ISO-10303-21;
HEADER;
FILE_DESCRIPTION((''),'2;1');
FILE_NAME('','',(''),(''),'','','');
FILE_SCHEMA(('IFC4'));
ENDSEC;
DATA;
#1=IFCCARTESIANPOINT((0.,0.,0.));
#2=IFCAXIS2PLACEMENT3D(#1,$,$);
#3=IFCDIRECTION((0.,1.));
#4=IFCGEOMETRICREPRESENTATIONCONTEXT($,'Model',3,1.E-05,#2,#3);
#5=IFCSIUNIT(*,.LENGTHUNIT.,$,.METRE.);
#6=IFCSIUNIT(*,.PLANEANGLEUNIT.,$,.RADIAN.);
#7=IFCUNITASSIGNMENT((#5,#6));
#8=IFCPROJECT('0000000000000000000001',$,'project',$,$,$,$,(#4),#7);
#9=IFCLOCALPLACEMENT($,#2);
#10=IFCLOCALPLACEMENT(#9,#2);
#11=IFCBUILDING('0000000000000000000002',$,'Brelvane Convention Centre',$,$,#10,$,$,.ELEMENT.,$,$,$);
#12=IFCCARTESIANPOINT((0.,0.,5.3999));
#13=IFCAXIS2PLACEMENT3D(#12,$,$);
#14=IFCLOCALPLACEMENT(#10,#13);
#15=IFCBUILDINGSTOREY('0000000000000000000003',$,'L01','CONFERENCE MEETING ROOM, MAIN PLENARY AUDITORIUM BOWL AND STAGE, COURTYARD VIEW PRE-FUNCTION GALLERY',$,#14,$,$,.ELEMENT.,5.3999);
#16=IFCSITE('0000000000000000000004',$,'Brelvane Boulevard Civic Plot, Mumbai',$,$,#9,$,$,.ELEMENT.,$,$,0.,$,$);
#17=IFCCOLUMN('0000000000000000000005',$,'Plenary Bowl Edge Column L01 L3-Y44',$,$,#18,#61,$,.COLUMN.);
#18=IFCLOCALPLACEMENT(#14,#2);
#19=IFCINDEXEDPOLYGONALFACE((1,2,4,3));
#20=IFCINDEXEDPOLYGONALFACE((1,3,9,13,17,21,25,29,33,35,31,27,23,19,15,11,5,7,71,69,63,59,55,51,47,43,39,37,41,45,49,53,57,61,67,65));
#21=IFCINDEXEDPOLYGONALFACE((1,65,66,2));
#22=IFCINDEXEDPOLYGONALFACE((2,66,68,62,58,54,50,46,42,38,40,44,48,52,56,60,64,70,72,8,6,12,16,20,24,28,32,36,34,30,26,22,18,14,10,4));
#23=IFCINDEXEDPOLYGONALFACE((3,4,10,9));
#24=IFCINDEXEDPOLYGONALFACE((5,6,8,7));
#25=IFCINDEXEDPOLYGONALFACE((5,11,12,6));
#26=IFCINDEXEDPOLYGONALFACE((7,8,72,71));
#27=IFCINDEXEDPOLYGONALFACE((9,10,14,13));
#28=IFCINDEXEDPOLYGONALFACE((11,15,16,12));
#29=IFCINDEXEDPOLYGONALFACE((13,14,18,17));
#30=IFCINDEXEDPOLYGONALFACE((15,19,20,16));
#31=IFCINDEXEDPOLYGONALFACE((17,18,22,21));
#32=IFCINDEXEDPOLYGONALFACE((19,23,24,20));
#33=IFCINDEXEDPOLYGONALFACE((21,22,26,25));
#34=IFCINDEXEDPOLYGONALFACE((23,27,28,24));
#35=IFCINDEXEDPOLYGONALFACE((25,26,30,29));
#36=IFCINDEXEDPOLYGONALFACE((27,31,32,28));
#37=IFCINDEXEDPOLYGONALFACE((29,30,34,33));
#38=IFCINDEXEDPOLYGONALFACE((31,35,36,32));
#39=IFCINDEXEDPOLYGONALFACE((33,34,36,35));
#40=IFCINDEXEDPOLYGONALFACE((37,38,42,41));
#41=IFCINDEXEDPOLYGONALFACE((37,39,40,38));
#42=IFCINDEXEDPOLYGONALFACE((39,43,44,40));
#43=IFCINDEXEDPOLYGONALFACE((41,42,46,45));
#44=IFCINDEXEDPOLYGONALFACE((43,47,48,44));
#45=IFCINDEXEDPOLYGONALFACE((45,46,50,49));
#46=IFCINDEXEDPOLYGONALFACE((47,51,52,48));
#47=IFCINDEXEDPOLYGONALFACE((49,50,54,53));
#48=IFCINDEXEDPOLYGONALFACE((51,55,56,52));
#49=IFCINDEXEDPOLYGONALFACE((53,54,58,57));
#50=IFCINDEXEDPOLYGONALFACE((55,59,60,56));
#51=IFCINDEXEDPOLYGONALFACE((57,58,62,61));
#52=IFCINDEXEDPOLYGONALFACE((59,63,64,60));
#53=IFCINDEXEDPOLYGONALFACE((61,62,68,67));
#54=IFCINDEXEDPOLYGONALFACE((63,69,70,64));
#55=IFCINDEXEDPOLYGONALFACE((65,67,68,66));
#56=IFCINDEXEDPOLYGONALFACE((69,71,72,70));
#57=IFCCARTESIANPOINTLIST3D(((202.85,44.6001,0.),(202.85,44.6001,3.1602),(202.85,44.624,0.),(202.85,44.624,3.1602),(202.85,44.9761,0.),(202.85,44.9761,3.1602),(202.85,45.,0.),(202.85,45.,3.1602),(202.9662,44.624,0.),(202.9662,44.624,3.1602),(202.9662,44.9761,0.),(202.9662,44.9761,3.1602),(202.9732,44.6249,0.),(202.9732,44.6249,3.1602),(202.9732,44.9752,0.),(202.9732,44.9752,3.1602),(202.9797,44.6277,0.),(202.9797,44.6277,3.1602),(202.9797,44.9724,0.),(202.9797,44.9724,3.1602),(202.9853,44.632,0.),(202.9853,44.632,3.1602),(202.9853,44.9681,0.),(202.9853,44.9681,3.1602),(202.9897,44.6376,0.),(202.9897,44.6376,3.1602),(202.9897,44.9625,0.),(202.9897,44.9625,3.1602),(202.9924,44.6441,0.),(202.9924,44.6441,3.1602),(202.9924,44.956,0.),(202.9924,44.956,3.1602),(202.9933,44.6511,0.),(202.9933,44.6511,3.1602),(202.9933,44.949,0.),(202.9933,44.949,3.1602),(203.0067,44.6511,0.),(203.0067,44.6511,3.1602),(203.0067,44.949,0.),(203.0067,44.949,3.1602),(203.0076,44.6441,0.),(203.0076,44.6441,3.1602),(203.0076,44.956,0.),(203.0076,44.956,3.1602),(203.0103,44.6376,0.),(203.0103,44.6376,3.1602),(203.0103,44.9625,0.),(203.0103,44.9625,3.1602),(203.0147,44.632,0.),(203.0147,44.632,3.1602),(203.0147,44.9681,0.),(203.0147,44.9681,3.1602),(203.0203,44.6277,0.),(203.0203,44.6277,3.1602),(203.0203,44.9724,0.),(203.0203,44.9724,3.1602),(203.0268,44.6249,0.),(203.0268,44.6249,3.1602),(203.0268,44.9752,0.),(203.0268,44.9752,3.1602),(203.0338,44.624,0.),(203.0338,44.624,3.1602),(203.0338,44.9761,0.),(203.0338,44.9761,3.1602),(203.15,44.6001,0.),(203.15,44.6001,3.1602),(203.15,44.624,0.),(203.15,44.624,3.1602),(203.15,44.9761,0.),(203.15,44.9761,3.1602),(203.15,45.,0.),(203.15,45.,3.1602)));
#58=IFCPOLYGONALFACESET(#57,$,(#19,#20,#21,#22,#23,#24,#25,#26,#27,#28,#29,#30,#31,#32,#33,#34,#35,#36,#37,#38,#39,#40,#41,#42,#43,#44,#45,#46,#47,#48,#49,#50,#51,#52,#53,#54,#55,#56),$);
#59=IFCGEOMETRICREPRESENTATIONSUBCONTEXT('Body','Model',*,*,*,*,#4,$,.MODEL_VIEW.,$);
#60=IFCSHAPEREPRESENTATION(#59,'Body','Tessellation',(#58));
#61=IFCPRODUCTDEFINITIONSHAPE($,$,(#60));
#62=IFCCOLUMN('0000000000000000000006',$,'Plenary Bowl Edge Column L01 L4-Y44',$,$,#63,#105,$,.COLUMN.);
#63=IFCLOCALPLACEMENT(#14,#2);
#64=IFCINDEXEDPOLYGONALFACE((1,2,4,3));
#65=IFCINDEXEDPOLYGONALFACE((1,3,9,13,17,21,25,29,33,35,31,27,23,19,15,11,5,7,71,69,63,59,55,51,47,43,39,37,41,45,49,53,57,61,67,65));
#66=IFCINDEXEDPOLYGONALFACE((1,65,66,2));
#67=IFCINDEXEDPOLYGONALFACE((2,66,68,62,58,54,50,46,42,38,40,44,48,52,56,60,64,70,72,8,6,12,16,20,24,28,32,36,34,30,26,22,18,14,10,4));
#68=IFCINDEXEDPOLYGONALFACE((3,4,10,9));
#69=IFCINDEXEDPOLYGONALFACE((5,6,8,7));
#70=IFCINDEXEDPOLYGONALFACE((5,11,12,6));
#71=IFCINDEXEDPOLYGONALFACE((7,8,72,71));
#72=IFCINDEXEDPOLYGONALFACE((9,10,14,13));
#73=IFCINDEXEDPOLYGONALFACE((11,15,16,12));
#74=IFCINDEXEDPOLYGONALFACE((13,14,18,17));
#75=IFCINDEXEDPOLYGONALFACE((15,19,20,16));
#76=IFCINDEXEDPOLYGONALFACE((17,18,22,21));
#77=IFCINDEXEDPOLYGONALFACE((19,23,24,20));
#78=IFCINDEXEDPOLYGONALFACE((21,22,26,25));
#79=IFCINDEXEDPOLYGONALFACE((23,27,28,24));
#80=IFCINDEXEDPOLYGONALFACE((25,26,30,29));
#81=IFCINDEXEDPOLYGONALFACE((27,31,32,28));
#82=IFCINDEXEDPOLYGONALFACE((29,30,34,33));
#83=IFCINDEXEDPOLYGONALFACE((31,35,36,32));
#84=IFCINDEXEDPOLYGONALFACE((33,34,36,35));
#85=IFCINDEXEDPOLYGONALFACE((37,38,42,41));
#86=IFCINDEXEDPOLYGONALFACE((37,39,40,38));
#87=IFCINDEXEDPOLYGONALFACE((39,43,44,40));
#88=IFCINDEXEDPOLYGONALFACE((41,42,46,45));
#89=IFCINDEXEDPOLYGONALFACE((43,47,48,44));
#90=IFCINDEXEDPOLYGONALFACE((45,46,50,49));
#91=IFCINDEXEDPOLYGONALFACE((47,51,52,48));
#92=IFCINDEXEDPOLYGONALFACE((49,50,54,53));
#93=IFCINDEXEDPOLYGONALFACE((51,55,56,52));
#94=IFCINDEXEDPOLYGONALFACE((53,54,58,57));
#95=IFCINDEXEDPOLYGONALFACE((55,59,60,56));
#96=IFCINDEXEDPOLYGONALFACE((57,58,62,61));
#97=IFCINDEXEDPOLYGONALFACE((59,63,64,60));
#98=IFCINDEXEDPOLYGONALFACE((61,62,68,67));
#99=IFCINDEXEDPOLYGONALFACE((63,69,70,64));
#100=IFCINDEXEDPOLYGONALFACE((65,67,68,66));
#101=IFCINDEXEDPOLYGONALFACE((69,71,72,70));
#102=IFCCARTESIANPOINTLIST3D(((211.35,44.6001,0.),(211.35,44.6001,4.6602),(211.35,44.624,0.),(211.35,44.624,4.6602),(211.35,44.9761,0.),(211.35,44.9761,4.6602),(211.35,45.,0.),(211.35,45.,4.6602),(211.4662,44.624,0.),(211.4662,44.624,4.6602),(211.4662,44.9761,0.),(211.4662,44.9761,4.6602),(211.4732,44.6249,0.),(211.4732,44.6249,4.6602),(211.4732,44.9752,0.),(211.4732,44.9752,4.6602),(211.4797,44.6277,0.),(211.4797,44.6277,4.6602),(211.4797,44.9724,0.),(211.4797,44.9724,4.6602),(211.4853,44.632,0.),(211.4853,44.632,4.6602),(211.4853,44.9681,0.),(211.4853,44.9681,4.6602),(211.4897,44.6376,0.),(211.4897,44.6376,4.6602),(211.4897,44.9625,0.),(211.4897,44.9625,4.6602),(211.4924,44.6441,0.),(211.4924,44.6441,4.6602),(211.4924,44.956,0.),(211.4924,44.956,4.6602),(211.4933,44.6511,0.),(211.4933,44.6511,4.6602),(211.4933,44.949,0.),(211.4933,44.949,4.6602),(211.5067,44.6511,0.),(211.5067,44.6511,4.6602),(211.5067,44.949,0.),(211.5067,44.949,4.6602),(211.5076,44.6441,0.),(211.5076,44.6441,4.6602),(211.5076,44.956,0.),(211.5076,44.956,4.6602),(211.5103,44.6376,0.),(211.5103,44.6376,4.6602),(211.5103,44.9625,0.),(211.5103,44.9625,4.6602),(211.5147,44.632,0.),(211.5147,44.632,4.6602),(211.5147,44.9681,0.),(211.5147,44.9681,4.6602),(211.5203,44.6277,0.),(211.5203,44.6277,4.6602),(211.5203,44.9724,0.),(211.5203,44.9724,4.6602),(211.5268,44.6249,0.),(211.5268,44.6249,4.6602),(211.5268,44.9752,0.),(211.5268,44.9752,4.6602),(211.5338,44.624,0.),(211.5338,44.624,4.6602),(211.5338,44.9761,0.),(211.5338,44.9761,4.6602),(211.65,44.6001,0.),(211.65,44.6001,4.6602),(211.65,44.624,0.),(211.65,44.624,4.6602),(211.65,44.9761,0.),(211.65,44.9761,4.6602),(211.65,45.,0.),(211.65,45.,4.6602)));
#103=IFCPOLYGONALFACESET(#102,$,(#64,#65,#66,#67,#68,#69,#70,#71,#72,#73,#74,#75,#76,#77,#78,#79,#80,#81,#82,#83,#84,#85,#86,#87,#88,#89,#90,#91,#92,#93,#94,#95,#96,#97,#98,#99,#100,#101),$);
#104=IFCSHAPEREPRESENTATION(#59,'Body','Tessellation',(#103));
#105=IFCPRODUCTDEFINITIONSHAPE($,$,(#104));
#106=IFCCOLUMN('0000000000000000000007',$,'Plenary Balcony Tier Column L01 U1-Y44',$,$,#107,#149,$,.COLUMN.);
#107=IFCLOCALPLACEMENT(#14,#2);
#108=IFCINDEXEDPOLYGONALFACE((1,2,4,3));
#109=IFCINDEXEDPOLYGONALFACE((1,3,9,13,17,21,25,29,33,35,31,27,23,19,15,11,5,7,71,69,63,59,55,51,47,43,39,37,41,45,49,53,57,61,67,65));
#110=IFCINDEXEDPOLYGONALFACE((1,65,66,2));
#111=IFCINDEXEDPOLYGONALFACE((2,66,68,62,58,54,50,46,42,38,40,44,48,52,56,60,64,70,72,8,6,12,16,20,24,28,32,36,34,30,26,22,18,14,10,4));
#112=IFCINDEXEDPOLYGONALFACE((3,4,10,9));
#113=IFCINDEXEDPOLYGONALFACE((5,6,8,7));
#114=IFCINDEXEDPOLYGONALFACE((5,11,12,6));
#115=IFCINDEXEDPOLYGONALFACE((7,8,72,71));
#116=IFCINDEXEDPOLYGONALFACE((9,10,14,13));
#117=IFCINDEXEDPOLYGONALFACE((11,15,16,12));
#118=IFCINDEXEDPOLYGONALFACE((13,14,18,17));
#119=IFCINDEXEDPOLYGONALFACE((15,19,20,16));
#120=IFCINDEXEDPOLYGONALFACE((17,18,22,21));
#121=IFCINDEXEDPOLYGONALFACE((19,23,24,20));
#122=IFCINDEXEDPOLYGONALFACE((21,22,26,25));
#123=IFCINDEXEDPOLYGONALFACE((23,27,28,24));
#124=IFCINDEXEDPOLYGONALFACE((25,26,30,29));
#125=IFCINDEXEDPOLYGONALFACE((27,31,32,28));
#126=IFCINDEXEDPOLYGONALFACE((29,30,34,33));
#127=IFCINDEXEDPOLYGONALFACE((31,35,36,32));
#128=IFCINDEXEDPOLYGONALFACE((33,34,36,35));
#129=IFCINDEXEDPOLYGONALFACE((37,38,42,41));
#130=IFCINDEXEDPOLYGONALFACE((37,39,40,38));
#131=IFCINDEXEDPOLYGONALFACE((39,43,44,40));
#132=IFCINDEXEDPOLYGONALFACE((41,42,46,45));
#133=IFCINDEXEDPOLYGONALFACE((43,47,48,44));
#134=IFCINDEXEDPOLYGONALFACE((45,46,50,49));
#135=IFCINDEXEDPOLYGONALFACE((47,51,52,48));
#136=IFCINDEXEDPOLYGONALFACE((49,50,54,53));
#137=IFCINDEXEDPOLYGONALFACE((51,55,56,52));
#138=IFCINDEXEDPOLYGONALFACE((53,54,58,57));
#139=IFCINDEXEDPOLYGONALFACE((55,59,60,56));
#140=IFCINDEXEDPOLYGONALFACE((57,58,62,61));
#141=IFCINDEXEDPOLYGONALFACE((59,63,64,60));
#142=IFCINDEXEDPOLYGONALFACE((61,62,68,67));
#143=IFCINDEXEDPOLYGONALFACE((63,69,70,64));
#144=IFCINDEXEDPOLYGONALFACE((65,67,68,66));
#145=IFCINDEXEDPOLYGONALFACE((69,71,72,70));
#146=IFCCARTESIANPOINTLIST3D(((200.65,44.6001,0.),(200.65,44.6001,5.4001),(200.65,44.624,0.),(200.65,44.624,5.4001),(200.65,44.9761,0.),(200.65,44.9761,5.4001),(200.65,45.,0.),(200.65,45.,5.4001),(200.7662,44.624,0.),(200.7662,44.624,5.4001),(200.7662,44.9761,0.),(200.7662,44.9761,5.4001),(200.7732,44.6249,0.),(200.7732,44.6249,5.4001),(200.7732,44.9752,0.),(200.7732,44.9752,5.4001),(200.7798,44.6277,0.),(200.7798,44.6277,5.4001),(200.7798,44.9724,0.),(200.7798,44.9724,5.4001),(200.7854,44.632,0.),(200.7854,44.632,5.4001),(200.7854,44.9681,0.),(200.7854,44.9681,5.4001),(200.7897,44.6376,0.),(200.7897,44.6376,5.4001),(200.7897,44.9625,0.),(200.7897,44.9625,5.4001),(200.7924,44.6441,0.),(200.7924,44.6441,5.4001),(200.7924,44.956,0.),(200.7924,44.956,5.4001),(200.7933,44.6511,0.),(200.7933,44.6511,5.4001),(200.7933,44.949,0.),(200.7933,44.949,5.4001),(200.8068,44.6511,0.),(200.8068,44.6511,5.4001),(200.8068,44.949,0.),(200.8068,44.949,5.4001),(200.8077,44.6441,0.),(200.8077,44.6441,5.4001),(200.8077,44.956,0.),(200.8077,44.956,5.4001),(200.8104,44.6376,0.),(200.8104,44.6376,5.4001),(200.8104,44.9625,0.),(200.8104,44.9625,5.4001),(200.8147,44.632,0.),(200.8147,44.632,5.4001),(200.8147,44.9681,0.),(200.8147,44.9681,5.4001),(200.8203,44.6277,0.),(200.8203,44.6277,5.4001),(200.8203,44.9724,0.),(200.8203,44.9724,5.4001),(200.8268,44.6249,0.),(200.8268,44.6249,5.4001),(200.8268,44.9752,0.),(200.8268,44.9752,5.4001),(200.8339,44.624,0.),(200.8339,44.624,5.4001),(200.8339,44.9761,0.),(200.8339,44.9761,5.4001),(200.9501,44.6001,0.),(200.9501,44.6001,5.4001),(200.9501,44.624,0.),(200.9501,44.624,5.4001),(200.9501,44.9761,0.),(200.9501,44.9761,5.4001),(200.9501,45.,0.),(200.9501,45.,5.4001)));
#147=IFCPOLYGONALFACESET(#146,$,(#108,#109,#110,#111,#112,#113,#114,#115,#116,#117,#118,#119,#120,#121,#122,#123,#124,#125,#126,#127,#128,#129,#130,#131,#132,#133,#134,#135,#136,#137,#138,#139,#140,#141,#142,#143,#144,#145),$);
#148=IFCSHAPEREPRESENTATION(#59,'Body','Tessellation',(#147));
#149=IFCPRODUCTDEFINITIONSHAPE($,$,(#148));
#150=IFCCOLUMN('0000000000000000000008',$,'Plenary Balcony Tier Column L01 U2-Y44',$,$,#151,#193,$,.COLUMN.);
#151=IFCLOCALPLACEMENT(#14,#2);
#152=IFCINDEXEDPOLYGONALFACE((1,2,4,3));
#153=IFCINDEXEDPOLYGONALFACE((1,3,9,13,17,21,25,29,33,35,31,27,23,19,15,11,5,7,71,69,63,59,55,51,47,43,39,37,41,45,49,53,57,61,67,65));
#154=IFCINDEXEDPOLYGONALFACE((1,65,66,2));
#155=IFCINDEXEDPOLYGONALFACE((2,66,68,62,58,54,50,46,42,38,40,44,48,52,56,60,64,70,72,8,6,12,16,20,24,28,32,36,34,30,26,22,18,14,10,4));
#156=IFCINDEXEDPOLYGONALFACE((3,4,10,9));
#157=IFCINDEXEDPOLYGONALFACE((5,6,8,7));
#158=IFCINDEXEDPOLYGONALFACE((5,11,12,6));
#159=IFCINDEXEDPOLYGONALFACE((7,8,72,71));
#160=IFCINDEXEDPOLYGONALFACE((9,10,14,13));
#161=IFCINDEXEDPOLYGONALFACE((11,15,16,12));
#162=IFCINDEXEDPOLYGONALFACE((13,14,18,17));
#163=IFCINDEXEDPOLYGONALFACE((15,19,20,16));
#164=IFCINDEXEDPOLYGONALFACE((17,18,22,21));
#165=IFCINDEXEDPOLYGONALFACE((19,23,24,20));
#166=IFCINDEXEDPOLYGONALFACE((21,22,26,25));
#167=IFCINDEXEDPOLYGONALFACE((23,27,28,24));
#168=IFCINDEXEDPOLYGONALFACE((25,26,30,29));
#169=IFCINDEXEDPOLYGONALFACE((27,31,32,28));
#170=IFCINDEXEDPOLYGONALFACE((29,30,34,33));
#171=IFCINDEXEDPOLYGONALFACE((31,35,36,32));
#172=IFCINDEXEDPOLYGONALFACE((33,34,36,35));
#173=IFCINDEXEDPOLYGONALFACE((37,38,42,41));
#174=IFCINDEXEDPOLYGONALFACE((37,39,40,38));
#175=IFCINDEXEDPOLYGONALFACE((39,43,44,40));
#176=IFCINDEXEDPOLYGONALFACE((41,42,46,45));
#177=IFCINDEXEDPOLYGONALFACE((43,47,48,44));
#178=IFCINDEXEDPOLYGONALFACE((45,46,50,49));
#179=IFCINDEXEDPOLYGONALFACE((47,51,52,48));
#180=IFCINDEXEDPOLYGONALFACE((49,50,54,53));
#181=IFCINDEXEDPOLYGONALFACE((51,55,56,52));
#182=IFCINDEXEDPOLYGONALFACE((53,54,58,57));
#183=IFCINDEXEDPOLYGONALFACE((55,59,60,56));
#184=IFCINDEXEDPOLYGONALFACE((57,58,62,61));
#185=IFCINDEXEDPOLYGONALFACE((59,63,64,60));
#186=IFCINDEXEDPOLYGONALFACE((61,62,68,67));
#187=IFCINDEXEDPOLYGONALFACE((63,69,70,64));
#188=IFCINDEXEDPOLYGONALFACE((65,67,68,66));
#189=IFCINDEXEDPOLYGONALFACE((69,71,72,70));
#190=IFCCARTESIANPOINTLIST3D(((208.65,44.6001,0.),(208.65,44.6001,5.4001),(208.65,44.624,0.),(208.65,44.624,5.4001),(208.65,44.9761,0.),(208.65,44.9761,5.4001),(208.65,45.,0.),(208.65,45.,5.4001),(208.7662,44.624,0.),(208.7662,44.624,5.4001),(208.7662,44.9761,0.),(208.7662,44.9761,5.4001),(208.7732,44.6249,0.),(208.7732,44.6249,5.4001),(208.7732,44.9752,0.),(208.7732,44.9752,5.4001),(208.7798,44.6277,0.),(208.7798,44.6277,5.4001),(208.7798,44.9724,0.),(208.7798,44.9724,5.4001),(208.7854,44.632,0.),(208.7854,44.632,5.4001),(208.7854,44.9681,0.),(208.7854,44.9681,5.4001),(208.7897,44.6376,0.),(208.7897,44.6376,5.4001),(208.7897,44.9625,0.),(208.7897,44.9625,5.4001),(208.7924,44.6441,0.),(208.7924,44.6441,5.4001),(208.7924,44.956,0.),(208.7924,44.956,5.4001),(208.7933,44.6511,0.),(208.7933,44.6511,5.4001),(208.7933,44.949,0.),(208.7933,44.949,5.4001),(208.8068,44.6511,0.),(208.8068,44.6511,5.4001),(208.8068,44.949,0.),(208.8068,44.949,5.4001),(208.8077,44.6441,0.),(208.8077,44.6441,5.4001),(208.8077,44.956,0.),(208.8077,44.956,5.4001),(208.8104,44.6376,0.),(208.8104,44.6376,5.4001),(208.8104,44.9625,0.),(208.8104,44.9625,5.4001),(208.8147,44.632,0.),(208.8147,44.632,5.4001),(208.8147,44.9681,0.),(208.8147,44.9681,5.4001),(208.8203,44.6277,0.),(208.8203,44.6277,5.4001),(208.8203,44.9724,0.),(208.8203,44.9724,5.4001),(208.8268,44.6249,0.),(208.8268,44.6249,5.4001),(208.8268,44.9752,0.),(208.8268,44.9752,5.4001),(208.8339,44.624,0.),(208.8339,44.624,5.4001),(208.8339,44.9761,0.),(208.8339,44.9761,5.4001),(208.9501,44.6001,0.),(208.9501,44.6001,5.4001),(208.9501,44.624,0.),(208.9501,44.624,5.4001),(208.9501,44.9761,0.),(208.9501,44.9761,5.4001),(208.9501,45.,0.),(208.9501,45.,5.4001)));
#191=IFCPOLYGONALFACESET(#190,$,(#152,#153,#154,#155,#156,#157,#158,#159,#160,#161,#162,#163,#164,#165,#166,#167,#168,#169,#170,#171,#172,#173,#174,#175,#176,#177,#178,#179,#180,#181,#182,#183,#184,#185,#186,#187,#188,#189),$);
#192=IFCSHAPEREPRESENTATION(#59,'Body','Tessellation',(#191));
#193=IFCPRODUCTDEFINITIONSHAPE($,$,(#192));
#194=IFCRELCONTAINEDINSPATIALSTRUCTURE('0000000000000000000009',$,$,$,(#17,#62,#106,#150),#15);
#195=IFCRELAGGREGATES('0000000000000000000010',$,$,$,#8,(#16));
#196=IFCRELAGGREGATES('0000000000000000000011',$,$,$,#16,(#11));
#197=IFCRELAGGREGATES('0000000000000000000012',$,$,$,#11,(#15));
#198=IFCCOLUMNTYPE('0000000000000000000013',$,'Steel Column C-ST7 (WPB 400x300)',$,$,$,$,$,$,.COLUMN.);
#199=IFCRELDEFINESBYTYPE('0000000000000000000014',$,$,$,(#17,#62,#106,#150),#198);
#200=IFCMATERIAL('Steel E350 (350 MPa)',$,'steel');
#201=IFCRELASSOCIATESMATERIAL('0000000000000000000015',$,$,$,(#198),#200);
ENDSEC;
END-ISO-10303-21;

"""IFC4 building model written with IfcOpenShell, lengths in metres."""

from ifc_helpers import new_model, si_unit, direction, frame, origin, origin_2d, place, context, subcontext, project, spatial, i_section, extrude, material, material_profile, profile_set, type_object, element, save


model = new_model("IFC4")

# Units and contexts
model_context = context("Model", 3, precision=1e-05, world=origin(), true_north=direction((0.0, 1.0)))
body_context = subcontext(model_context, "Body", "Model", "MODEL_VIEW")
ifc_project = project(units=[si_unit("LENGTHUNIT", "METRE"), si_unit("PLANEANGLEUNIT", "RADIAN")], contexts=[model_context])

# Site, building, storey
site_placement = place(None, origin())
site = spatial("IfcSite", under=ifc_project, at=site_placement, Name="Brelvane Boulevard Civic Plot, Mumbai", CompositionType="ELEMENT", RefElevation=0.0)
building_placement = place(site_placement, origin())
building = spatial("IfcBuilding", under=site, at=building_placement, Name="Brelvane Convention Centre", CompositionType="ELEMENT")
storey_placement = place(building_placement, frame((0.0, 0.0, 5.3999)))
storey = spatial("IfcBuildingStorey", under=building, at=storey_placement, Name="L01", Description="CONFERENCE MEETING ROOM, MAIN PLENARY AUDITORIUM BOWL AND STAGE, COURTYARD VIEW PRE-FUNCTION GALLERY", CompositionType="ELEMENT", Elevation=5.3999)

# Columns
ifc_material_1 = material(Name="Steel E350 (350 MPa)", Category="steel")
ifc_material_profile_1 = material_profile(ifc_material_1, i_section(OverallWidth=0.3, OverallDepth=0.3999, WebThickness=0.0134, FlangeThickness=0.0239, FilletRadius=0.0271, at=origin_2d()), Name="WPB 400x300")
ifc_profile_set_1 = profile_set([ifc_material_profile_1], Name="Steel E350 (350 MPa)")
column_type_1 = type_object("IfcColumnType", Name="Steel Column C-ST7 (WPB 400x300)", PredefinedType="COLUMN", material=ifc_profile_set_1)
column_1_placement = place(storey_placement, frame((203.0, 44.8, 0.0), z_axis=(0.0, 0.0, 1.0), x_axis=(1.0, 0.0, 0.0)))
element("IfcColumn", 1, at=column_1_placement, inside=storey, type_object=column_type_1, Name="Plenary Bowl Edge Column L01 L3-Y44", PredefinedType="COLUMN", context=body_context, shape_type="SweptSolid", body=[
    extrude(i_section(OverallWidth=0.3, OverallDepth=0.3999, WebThickness=0.0134, FlangeThickness=0.0239, FilletRadius=0.0271, at=origin_2d()), origin(), (0.0, 0.0, 1.0), 3.1602),
])
column_2_placement = place(storey_placement, frame((211.5, 44.8, 0.0), z_axis=(0.0, 0.0, 1.0), x_axis=(1.0, 0.0, 0.0)))
element("IfcColumn", 2, at=column_2_placement, inside=storey, type_object=column_type_1, Name="Plenary Bowl Edge Column L01 L4-Y44", PredefinedType="COLUMN", context=body_context, shape_type="SweptSolid", body=[
    extrude(i_section(OverallWidth=0.3, OverallDepth=0.3999, WebThickness=0.0134, FlangeThickness=0.0239, FilletRadius=0.0271, at=origin_2d()), origin(), (0.0, 0.0, 1.0), 4.6602),
])
for number, where, z_axis, x_axis, name in (
    (3, (200.8, 44.8, 0.0), (0.0, 0.0, 1.0), (1.0, 0.0, 0.0), "Plenary Balcony Tier Column L01 U1-Y44"),
    (4, (208.8, 44.8, 0.0), (0.0, 0.0, 1.0), (1.0, 0.0, 0.0), "Plenary Balcony Tier Column L01 U2-Y44"),
):
    element("IfcColumn", number, at=place(storey_placement, frame(where, z_axis=z_axis, x_axis=x_axis)), inside=storey, type_object=column_type_1, Name=name, PredefinedType="COLUMN", context=body_context, shape_type="SweptSolid", body=[
        extrude(i_section(OverallWidth=0.3, OverallDepth=0.3999, WebThickness=0.0134, FlangeThickness=0.0239, FilletRadius=0.0271, at=origin_2d()), origin(), (0.0, 0.0, 1.0), 5.4001),
    ])

save(model, "model.ifc")
